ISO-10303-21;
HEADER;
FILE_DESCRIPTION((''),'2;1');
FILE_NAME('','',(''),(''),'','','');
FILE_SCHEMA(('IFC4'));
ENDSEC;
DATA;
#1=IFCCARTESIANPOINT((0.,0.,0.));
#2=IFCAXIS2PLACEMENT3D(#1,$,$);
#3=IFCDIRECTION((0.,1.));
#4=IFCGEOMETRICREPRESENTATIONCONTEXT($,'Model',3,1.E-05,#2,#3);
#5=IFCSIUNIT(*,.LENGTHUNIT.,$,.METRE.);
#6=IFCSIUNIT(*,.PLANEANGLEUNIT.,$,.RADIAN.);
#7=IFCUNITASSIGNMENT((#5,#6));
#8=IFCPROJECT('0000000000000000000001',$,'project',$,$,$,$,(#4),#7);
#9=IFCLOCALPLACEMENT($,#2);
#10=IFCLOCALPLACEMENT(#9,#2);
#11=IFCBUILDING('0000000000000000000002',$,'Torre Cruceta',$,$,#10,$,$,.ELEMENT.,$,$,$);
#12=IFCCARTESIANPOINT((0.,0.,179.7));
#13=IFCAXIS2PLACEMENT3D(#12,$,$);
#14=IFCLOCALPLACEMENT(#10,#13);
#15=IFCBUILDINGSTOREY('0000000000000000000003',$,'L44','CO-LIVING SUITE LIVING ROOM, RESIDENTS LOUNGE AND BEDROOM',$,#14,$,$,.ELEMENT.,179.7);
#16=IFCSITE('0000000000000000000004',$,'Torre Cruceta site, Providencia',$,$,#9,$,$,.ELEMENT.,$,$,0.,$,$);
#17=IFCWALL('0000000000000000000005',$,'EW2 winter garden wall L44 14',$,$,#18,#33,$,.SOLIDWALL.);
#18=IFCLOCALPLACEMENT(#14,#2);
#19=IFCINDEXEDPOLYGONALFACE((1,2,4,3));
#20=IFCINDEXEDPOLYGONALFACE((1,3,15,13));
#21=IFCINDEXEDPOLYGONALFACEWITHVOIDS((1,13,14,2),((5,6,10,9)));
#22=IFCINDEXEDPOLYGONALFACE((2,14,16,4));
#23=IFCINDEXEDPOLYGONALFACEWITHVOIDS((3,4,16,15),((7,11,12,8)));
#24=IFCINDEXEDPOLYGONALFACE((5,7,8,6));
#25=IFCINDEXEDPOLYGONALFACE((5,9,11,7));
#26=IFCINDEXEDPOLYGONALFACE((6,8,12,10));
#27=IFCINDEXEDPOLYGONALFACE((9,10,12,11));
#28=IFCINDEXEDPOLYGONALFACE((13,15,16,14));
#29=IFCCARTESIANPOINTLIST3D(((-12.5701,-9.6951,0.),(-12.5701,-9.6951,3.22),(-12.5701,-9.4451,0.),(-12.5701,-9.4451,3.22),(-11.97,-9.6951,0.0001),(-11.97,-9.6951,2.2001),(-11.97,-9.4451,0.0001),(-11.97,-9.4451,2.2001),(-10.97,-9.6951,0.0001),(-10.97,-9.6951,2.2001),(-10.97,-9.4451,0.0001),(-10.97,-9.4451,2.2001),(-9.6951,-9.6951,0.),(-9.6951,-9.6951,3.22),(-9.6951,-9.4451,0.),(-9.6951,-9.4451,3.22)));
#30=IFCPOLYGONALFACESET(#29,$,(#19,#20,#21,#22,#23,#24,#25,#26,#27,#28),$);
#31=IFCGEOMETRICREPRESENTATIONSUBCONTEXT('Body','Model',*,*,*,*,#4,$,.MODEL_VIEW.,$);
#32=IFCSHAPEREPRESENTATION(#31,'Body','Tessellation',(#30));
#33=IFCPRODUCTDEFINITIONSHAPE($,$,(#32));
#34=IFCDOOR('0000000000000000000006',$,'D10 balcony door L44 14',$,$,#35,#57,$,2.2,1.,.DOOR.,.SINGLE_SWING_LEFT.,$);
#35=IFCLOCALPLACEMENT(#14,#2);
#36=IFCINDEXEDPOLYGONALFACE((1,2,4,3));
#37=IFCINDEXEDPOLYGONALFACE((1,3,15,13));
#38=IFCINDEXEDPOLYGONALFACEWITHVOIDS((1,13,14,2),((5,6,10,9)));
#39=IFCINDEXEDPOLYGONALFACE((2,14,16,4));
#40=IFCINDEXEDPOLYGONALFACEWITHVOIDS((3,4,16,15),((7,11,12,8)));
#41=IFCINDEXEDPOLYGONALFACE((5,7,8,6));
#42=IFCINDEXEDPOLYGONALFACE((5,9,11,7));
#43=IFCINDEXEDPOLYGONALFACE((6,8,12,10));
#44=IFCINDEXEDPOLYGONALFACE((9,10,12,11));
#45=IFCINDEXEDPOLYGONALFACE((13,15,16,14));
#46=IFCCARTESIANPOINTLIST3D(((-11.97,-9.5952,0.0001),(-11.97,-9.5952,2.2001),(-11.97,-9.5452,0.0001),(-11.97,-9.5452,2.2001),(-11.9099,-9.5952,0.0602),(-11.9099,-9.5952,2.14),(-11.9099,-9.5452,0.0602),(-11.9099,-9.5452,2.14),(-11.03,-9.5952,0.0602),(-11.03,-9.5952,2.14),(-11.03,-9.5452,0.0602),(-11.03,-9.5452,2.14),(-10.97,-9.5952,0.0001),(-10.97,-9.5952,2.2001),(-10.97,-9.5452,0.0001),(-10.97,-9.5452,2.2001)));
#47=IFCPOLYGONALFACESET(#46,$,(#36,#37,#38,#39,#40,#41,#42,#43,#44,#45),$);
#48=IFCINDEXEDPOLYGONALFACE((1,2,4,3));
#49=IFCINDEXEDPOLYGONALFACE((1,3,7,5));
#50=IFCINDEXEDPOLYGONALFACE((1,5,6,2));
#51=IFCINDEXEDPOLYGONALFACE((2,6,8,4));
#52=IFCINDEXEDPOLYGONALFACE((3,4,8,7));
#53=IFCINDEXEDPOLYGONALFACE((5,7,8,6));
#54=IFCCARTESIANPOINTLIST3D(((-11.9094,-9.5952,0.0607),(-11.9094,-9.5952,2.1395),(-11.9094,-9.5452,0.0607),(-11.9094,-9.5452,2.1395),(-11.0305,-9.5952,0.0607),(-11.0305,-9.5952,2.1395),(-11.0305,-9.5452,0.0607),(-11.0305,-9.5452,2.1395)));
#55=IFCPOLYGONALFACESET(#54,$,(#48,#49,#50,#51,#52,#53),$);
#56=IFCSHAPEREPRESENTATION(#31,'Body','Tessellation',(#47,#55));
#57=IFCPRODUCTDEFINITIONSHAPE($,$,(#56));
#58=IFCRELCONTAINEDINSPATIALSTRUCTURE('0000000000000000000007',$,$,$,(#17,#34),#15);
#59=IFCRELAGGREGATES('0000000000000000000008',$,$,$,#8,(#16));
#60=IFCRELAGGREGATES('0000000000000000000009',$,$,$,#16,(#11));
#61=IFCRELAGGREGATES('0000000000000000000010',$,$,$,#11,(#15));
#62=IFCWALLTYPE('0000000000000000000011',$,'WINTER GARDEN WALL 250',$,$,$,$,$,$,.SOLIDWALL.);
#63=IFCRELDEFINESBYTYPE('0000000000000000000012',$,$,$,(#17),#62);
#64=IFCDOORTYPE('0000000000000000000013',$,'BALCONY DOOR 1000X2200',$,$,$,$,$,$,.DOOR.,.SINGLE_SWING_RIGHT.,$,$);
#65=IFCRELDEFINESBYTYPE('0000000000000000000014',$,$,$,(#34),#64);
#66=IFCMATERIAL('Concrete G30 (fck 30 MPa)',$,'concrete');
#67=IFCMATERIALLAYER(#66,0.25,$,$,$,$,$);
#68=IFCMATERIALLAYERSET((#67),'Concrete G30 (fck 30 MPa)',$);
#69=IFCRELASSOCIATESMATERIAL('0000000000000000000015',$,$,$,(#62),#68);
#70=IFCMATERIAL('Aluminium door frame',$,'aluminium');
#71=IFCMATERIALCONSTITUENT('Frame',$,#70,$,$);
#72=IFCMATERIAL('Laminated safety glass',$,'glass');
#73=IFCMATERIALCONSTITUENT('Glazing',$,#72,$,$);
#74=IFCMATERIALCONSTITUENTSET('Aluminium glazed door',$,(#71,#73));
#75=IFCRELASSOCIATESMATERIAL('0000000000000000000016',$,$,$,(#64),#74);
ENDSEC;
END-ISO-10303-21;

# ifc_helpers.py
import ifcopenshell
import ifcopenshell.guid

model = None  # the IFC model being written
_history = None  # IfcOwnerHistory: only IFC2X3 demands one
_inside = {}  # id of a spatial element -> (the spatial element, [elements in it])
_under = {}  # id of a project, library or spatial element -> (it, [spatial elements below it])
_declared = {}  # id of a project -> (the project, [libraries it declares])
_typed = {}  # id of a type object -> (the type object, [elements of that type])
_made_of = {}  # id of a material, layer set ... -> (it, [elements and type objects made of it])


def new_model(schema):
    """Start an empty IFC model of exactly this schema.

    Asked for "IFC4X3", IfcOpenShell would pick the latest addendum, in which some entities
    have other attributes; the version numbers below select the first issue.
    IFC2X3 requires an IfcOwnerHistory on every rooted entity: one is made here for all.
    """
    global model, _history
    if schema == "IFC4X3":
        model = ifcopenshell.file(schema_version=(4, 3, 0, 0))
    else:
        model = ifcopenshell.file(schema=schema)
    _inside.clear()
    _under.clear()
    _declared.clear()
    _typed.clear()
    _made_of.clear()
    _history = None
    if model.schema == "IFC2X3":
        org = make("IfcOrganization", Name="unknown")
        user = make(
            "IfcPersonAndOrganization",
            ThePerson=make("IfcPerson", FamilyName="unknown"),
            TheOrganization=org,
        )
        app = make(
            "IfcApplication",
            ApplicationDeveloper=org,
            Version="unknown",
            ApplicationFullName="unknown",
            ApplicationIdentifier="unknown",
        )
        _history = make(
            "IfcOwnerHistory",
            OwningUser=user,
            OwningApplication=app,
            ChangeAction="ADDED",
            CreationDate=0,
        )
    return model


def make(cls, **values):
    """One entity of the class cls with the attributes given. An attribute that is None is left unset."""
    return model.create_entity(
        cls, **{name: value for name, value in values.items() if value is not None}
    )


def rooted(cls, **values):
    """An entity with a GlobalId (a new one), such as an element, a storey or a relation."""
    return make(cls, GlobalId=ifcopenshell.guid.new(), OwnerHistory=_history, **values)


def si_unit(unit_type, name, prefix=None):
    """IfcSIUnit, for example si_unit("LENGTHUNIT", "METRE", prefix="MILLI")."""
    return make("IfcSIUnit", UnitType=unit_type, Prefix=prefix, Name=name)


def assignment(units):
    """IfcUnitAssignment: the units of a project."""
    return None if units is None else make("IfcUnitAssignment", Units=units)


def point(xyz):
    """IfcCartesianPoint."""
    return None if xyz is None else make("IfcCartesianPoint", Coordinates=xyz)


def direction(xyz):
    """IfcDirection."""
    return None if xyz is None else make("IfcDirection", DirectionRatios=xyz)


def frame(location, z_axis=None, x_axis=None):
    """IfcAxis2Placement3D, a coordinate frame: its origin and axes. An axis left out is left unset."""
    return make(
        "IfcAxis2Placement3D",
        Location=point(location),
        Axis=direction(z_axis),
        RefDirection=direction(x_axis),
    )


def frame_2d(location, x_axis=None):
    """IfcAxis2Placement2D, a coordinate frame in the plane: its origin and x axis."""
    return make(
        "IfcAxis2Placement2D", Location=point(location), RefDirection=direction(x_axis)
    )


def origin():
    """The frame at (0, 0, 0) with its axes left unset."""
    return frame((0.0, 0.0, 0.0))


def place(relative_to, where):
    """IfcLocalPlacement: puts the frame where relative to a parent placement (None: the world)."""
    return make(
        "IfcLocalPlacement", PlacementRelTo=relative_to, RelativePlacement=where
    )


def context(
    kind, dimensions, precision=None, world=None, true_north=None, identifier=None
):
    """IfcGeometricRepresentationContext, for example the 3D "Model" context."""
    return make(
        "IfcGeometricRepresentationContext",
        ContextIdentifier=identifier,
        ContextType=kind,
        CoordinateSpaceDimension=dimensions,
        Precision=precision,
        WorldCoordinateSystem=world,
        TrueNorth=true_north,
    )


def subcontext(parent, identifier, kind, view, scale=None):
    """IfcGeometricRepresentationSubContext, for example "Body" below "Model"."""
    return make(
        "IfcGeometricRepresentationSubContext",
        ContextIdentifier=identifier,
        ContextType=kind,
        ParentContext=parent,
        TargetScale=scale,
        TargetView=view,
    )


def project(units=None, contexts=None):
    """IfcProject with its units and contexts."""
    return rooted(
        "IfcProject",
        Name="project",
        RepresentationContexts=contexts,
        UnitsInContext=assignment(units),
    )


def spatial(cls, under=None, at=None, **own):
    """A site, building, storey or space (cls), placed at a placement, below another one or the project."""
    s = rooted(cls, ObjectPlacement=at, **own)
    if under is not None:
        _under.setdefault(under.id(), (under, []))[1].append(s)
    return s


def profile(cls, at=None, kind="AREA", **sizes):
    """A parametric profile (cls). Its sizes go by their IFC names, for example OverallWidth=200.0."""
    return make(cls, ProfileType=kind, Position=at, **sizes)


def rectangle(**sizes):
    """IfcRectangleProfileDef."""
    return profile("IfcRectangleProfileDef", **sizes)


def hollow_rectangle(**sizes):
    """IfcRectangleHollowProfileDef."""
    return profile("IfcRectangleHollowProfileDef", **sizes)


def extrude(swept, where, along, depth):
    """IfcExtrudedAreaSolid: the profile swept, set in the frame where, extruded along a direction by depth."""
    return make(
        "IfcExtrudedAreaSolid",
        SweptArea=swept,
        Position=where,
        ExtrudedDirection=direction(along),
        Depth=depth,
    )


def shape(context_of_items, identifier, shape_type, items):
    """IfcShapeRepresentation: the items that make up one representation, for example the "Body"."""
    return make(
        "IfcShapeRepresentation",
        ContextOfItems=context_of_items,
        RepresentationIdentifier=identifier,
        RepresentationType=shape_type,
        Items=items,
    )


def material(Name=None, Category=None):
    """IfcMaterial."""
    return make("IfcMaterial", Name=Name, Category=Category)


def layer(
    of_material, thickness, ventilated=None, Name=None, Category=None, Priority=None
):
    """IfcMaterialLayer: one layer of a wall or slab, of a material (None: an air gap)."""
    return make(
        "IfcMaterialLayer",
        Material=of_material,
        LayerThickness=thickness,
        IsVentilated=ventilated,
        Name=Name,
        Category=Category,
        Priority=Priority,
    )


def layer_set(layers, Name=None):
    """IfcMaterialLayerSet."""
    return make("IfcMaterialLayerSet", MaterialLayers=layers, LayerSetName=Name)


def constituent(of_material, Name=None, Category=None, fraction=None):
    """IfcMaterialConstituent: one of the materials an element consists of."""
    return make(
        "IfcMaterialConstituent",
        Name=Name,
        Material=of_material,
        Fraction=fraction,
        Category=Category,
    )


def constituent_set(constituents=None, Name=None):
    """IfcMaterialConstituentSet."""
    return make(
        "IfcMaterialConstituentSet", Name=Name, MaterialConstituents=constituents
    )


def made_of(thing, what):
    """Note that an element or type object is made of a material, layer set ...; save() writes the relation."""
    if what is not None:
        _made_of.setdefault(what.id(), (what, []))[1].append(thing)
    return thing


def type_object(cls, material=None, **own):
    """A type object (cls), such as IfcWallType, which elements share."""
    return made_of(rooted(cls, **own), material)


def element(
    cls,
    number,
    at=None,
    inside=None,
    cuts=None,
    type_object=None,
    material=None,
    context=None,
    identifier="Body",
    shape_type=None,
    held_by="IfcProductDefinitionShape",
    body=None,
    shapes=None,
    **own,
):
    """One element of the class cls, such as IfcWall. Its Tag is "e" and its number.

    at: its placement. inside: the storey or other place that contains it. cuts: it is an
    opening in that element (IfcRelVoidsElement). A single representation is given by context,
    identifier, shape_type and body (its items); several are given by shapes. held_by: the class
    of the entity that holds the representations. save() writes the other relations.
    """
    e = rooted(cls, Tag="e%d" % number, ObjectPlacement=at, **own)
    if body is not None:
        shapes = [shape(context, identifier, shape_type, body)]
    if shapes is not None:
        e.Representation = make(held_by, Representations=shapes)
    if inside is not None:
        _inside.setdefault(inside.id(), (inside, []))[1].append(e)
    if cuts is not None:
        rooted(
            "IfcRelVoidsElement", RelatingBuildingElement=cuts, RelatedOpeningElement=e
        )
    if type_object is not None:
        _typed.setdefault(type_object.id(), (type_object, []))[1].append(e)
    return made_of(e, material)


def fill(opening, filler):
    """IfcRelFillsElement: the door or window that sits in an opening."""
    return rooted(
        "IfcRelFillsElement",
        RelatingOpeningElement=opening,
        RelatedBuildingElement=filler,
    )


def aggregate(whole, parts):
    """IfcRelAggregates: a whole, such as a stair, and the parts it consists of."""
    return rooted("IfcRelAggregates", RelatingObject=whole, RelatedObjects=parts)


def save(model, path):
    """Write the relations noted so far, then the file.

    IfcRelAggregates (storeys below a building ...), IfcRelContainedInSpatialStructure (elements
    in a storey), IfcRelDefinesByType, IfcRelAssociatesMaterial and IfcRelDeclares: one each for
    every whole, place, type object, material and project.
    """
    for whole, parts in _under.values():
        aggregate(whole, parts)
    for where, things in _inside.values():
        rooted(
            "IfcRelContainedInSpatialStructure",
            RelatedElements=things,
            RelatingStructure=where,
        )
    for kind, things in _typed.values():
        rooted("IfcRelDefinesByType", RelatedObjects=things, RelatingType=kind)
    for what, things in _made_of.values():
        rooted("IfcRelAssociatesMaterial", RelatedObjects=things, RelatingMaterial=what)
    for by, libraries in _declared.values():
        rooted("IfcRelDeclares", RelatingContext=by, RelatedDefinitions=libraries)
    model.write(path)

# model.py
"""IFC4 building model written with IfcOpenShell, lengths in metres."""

from ifc_helpers import new_model, si_unit, direction, frame, frame_2d, origin, place, context, subcontext, project, spatial, rectangle, hollow_rectangle, extrude, material, layer, layer_set, constituent, constituent_set, type_object, element, fill, save


model = new_model("IFC4")

# Units and contexts
model_context = context("Model", 3, precision=1e-05, world=origin(), true_north=direction((0.0, 1.0)))
body_context = subcontext(model_context, "Body", "Model", "MODEL_VIEW")
ifc_project = project(units=[si_unit("LENGTHUNIT", "METRE"), si_unit("PLANEANGLEUNIT", "RADIAN")], contexts=[model_context])

# Site, building, storey
site_placement = place(None, origin())
site = spatial("IfcSite", under=ifc_project, at=site_placement, Name="Torre Cruceta site, Providencia", CompositionType="ELEMENT", RefElevation=0.0)
building_placement = place(site_placement, origin())
building = spatial("IfcBuilding", under=site, at=building_placement, Name="Torre Cruceta", CompositionType="ELEMENT")
storey_placement = place(building_placement, frame((0.0, 0.0, 179.7)))
storey = spatial("IfcBuildingStorey", under=building, at=storey_placement, Name="L44", Description="CO-LIVING SUITE LIVING ROOM, RESIDENTS LOUNGE AND BEDROOM", CompositionType="ELEMENT", Elevation=179.7)

# Wall, opening, door
ifc_material_1 = material(Name="Concrete G30 (fck 30 MPa)", Category="concrete")
ifc_layer_1 = layer(ifc_material_1, 0.25)
ifc_layer_set_1 = layer_set([ifc_layer_1], Name="Concrete G30 (fck 30 MPa)")
wall_type_1 = type_object("IfcWallType", Name="WINTER GARDEN WALL 250", PredefinedType="SOLIDWALL", material=ifc_layer_set_1)
wall_1_placement = place(storey_placement, frame((-12.5701, -9.5701, 0.0), z_axis=(0.0, 0.0, 1.0), x_axis=(1.0, 0.0, 0.0)))
wall_1 = element("IfcWall", 1, at=wall_1_placement, inside=storey, type_object=wall_type_1, Name="EW2 winter garden wall L44 14", PredefinedType="SOLIDWALL", context=body_context, shape_type="SweptSolid", body=[
    extrude(rectangle(XDim=2.875, YDim=0.25, at=frame_2d((1.4375, 0.0))), origin(), (0.0, 0.0, 1.0), 3.22),
])
opening_1_placement = place(wall_1_placement, frame((0.6001, 0.0, 0.0)))
opening_1 = element("IfcOpeningElement", 2, at=opening_1_placement, cuts=wall_1, PredefinedType="OPENING", context=body_context, shape_type="SweptSolid", body=[
    extrude(rectangle(XDim=1.0, YDim=2.2, at=frame_2d((0.5, 1.1001))), frame((0.0, 0.135, 0.0), z_axis=(0.0, -1.0, 0.0), x_axis=(1.0, 0.0, 0.0)), (0.0, 0.0, 1.0), 0.27),
])
ifc_material_2 = material(Name="Aluminium door frame", Category="aluminium")
ifc_constituent_1 = constituent(ifc_material_2, Name="Frame")
ifc_material_3 = material(Name="Laminated safety glass", Category="glass")
ifc_constituent_2 = constituent(ifc_material_3, Name="Glazing")
ifc_constituent_set_1 = constituent_set(constituents=[ifc_constituent_1, ifc_constituent_2], Name="Aluminium glazed door")
door_type_1 = type_object("IfcDoorType", Name="BALCONY DOOR 1000X2200", OperationType="SINGLE_SWING_RIGHT", PredefinedType="DOOR", material=ifc_constituent_set_1)
door_1_placement = place(opening_1_placement, origin())
door_1 = element("IfcDoor", 3, at=door_1_placement, inside=storey, type_object=door_type_1, Name="D10 balcony door L44 14", OperationType="SINGLE_SWING_LEFT", OverallHeight=2.2, OverallWidth=1.0, PredefinedType="DOOR", context=body_context, shape_type="SweptSolid", body=[
    extrude(hollow_rectangle(XDim=1.0, YDim=2.2, WallThickness=0.0601, at=frame_2d((0.5, 1.1001))), frame((0.0, 0.0249, 0.0), z_axis=(0.0, -1.0, 0.0), x_axis=(1.0, 0.0, 0.0)), (0.0, 0.0, 1.0), 0.05),
    extrude(rectangle(XDim=0.8789, YDim=2.0789, at=frame_2d((0.5, 1.1001))), frame((0.0, 0.0249, 0.0), z_axis=(0.0, -1.0, 0.0), x_axis=(1.0, 0.0, 0.0)), (0.0, 0.0, 1.0), 0.05),
])
fill(opening_1, door_1)

save(model, "model.ifc")
